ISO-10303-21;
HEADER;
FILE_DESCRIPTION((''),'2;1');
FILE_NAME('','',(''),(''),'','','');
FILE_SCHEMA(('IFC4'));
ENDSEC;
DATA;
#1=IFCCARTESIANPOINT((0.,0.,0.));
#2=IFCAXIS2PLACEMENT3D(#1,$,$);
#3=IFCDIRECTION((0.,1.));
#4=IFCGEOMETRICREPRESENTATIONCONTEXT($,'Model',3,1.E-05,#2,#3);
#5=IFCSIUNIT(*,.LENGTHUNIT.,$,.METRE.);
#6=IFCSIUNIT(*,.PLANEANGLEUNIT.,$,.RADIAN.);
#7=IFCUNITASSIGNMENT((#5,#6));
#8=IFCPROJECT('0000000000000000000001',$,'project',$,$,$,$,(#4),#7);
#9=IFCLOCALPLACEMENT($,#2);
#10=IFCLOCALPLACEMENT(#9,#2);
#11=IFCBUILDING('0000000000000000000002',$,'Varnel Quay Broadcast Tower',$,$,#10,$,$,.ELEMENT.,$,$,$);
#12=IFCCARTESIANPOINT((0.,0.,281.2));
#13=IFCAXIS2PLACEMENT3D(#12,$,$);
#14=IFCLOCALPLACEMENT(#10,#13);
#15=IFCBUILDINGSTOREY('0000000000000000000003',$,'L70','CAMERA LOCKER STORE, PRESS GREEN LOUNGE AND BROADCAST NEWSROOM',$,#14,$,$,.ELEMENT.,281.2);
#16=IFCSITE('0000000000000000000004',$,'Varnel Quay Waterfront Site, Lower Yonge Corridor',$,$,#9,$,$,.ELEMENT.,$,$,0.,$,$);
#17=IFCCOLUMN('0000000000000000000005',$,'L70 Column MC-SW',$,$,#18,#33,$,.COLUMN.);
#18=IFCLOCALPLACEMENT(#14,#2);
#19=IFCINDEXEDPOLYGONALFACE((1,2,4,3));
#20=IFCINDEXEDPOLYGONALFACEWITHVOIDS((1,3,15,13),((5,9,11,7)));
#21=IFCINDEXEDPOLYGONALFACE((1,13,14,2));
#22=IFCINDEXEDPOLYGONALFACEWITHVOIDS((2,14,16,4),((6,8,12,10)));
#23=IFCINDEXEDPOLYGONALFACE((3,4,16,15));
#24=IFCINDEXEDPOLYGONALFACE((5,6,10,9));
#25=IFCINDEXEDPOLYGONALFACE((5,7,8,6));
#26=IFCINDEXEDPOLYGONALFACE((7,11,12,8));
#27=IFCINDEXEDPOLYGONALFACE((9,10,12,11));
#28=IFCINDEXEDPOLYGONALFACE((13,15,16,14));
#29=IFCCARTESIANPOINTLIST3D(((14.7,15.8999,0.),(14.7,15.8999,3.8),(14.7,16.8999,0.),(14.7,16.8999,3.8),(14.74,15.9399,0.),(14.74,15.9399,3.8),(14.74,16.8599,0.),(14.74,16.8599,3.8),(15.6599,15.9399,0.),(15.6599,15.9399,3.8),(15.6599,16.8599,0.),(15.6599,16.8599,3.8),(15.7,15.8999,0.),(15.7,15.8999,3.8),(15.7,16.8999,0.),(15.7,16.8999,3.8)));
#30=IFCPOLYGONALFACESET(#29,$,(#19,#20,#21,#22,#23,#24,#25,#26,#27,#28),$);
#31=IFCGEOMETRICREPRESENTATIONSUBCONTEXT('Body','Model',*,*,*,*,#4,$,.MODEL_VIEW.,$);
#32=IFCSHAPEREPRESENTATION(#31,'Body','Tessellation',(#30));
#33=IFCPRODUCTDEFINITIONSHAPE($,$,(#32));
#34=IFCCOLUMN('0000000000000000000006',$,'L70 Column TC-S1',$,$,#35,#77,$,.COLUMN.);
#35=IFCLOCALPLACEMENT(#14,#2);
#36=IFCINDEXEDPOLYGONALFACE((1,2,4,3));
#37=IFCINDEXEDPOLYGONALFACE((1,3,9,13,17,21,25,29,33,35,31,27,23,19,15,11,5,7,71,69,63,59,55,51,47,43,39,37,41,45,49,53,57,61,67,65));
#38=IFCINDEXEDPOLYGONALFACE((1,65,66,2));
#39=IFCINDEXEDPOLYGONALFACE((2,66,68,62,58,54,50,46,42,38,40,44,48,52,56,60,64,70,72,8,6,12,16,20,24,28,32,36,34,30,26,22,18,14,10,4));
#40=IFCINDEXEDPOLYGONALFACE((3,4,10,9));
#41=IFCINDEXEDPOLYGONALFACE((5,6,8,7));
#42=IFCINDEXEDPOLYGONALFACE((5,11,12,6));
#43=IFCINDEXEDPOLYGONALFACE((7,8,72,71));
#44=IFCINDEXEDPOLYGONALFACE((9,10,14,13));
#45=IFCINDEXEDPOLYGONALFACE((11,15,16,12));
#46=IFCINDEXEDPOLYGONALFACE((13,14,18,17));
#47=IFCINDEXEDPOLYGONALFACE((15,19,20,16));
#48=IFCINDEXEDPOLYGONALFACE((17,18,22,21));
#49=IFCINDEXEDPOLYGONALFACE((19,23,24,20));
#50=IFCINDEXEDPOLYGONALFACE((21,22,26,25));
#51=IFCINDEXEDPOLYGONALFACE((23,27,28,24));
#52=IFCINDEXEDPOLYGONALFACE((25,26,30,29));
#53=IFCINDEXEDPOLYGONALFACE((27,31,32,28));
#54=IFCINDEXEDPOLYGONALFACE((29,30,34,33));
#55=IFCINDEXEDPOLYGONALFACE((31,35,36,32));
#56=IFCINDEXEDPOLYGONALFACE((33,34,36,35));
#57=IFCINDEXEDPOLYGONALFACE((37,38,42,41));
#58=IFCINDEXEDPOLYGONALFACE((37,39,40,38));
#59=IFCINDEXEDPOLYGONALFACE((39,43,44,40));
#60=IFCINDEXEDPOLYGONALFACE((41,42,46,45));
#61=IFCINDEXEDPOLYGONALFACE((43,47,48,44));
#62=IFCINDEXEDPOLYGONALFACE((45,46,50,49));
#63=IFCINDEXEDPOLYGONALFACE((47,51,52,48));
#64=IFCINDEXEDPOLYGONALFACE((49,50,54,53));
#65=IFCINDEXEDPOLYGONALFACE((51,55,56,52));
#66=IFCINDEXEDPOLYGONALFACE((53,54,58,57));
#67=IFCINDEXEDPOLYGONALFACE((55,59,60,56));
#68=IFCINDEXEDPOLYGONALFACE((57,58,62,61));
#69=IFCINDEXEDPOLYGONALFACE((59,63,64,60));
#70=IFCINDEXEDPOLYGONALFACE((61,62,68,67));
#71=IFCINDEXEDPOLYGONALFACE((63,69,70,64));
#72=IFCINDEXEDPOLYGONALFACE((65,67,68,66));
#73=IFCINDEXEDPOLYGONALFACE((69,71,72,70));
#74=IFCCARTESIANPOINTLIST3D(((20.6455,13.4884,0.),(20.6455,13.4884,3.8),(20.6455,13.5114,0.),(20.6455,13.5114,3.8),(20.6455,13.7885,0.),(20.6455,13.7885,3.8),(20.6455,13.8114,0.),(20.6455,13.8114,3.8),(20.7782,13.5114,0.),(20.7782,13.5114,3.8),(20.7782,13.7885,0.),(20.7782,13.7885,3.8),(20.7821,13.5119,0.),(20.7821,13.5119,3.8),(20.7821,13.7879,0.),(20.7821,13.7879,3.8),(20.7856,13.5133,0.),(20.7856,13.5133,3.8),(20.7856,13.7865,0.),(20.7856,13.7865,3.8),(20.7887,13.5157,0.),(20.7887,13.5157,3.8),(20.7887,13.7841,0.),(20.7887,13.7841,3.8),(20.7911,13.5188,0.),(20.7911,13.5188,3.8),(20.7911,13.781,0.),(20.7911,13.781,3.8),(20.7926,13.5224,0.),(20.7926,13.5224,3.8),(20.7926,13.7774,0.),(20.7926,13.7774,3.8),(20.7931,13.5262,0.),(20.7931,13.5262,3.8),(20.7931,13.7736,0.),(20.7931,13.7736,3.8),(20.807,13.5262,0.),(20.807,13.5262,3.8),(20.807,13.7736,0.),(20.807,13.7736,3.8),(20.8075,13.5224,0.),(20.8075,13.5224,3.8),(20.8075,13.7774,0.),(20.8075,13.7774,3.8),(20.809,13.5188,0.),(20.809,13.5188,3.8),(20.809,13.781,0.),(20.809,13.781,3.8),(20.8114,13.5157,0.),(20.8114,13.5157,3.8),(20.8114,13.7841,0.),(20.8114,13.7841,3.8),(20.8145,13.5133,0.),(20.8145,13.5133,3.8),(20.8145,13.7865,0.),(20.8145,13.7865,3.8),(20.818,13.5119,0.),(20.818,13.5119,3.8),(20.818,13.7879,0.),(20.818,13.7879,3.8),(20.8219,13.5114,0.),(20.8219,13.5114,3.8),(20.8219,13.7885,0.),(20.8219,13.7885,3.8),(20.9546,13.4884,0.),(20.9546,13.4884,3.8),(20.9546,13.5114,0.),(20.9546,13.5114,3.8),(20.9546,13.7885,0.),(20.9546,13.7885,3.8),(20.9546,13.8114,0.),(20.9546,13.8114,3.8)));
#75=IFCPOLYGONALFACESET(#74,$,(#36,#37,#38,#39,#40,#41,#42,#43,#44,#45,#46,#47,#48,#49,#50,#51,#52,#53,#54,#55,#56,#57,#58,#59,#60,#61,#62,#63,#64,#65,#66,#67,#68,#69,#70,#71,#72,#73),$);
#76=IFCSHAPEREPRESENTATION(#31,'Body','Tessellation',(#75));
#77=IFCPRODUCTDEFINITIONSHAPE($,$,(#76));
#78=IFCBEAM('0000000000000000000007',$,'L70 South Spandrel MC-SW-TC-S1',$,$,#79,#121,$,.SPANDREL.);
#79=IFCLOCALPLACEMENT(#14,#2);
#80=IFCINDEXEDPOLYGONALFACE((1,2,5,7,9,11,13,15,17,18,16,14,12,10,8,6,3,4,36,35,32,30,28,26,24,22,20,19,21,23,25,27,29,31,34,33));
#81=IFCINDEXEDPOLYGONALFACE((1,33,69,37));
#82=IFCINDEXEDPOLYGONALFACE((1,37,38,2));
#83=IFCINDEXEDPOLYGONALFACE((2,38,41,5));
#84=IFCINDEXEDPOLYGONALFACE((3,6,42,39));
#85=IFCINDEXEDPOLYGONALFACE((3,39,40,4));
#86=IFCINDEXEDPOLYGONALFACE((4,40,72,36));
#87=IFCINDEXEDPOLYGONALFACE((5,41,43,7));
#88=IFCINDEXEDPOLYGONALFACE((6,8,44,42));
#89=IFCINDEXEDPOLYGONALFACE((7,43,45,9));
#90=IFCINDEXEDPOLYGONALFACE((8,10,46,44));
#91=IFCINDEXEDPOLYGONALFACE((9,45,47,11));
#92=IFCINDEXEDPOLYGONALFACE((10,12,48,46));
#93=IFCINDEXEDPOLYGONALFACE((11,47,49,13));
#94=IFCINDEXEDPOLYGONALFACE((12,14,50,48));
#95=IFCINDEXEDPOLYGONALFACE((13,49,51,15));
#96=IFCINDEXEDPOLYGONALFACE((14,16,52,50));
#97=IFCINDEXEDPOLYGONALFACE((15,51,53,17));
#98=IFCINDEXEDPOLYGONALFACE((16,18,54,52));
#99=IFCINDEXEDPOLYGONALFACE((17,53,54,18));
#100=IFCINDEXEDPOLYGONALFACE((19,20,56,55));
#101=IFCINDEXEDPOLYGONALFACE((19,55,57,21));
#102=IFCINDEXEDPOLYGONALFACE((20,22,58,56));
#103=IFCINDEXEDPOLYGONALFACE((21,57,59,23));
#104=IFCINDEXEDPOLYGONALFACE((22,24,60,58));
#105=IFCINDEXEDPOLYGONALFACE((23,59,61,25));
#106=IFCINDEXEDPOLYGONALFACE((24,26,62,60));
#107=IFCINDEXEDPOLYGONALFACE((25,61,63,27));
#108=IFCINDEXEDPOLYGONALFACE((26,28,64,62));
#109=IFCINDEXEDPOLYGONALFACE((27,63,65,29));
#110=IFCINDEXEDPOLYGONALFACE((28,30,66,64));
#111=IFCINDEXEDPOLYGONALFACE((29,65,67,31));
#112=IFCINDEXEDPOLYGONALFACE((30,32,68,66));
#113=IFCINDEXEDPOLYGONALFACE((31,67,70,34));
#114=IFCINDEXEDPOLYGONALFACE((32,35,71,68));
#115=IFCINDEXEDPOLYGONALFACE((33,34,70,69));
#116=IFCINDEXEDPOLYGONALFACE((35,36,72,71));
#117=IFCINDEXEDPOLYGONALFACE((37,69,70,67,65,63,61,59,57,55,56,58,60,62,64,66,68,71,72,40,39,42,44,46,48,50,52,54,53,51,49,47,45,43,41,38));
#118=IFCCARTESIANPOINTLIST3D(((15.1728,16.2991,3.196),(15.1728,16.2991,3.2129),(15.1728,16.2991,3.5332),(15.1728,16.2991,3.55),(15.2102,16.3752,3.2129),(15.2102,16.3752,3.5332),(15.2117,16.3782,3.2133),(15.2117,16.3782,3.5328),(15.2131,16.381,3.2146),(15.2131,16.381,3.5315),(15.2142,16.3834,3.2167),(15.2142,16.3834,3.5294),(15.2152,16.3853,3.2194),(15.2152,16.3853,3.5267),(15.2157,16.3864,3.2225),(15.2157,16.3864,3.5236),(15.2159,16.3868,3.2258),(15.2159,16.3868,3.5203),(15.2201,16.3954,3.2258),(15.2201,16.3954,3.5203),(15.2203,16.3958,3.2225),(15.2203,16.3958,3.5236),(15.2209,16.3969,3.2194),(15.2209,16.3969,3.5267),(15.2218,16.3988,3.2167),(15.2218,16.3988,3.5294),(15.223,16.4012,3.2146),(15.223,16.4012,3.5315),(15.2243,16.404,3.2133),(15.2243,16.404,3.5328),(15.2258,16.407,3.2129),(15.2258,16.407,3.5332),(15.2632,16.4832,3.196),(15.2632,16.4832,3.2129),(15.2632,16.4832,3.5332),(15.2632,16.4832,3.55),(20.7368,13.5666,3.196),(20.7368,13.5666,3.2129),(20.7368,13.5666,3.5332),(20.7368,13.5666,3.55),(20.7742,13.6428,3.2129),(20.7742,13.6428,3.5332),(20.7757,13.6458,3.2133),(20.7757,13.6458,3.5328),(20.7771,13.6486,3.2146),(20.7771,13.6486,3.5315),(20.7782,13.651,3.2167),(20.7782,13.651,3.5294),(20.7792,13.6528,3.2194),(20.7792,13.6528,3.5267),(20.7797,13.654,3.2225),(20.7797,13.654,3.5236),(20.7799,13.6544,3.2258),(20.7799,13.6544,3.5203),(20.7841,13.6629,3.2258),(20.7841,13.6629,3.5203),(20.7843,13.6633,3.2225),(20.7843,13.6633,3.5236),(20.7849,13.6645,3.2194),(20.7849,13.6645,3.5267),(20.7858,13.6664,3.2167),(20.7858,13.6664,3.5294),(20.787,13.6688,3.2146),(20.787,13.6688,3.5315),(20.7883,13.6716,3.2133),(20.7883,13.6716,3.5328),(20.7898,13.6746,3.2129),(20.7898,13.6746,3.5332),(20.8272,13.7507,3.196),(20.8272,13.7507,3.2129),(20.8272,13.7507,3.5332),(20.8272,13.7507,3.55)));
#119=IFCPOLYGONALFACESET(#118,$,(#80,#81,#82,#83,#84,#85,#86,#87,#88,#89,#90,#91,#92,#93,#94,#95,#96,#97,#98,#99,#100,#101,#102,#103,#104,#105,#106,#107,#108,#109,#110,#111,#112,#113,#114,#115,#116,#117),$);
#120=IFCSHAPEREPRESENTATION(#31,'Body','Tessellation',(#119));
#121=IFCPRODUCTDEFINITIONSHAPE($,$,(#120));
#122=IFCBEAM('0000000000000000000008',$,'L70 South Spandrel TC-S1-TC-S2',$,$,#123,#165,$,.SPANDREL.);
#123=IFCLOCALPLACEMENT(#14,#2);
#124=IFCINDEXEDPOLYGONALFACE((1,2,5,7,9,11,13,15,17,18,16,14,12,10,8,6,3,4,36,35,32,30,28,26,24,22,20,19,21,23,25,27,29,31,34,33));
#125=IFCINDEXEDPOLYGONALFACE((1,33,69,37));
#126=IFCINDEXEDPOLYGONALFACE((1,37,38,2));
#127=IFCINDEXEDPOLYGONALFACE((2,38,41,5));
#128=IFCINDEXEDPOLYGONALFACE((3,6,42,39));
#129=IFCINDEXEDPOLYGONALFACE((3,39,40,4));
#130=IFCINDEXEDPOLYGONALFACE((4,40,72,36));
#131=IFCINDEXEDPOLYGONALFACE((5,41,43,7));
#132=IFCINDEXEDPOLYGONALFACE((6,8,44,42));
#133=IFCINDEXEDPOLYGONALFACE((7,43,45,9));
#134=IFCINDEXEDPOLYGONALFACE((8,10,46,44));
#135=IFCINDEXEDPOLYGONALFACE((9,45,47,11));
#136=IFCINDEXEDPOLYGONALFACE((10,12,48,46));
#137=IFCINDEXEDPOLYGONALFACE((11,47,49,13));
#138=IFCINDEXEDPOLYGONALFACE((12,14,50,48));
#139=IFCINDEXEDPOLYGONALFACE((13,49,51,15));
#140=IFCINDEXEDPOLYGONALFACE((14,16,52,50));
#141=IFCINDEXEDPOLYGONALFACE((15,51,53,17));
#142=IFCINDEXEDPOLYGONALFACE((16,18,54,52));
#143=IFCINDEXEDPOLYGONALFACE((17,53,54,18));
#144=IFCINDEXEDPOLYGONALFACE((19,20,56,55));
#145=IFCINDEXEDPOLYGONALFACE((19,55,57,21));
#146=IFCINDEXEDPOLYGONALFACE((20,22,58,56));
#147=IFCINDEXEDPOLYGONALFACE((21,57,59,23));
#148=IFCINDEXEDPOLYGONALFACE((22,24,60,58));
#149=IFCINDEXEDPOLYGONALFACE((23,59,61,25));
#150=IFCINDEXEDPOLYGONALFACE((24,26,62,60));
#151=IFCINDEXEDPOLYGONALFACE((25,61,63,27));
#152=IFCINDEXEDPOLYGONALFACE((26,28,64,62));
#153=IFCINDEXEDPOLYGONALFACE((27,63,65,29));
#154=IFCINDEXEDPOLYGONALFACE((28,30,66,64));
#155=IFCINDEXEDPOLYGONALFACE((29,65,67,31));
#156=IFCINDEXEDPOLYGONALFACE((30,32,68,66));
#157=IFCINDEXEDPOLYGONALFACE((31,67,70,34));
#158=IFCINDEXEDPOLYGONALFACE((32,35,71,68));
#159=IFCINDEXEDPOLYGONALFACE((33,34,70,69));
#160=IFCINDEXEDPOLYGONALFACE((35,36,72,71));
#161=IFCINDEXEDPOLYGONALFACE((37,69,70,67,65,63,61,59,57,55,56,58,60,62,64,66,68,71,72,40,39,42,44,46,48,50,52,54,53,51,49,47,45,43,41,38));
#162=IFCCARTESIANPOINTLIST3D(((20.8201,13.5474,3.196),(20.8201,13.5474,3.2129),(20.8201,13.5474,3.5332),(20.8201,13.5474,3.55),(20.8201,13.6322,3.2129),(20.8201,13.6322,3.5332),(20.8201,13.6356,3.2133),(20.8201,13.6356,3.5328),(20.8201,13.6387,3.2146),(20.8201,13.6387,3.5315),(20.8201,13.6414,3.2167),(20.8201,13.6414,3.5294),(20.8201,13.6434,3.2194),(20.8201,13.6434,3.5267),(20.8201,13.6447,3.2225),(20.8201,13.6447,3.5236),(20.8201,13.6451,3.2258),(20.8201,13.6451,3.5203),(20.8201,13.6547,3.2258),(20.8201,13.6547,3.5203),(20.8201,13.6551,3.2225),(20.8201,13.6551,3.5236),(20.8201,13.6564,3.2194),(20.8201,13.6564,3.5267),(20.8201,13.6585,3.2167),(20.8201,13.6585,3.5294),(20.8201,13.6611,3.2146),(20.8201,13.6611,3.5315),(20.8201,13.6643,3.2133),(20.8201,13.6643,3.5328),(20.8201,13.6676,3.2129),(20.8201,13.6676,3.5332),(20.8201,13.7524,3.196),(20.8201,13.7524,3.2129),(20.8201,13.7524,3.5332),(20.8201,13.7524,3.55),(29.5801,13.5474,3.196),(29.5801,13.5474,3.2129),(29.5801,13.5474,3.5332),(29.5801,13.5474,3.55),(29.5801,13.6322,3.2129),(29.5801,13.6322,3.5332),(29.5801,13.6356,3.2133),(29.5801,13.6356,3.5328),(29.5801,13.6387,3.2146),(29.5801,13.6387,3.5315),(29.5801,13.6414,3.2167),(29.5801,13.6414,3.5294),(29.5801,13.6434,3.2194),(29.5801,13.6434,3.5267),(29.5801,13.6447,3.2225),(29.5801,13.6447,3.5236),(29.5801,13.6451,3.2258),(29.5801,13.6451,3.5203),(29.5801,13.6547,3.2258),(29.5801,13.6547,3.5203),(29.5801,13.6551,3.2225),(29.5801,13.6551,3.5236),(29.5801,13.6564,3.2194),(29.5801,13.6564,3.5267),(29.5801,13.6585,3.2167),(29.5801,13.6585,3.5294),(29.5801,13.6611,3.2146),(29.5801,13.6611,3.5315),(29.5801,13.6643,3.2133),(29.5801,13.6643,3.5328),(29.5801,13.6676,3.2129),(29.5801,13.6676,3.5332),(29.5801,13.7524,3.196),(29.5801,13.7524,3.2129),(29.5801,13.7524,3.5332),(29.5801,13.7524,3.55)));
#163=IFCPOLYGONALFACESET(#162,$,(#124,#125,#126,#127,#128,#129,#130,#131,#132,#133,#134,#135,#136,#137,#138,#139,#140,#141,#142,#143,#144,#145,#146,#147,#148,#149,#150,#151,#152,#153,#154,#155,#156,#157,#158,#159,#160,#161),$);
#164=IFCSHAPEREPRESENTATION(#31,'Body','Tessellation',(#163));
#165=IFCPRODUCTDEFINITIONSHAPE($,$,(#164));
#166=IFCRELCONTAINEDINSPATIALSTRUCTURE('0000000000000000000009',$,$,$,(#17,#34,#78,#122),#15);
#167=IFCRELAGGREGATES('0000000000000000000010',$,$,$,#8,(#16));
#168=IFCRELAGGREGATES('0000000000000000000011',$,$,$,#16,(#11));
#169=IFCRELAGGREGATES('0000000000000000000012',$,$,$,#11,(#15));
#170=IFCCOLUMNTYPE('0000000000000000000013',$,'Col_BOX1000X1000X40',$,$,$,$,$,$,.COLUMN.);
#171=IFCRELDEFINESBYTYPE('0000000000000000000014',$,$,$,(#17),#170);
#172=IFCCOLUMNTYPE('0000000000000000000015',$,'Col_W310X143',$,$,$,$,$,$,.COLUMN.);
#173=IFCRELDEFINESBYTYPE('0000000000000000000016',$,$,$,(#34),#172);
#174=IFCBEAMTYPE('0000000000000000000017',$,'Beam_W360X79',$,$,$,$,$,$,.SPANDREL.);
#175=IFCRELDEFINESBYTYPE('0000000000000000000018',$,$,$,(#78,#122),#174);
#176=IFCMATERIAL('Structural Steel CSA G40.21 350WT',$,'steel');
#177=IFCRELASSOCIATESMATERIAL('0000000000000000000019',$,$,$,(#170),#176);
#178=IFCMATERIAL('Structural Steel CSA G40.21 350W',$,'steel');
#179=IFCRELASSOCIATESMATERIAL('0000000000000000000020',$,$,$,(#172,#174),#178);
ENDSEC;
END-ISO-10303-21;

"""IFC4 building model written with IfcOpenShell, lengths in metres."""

from ifc_helpers import new_model, si_unit, direction, frame, origin, origin_2d, place, context, subcontext, project, spatial, hollow_rectangle, i_section, extrude, source, transform, mapped, material, material_profile, profile_set, type_object, type_shapes, element, save


model = new_model("IFC4")

# Units and contexts
model_context = context("Model", 3, precision=1e-05, world=origin(), true_north=direction((0.0, 1.0)))
body_context = subcontext(model_context, "Body", "Model", "MODEL_VIEW")
ifc_project = project(units=[si_unit("LENGTHUNIT", "METRE"), si_unit("PLANEANGLEUNIT", "RADIAN")], contexts=[model_context])

# Site, building, storey
site_placement = place(None, origin())
site = spatial("IfcSite", under=ifc_project, at=site_placement, Name="Varnel Quay Waterfront Site, Lower Yonge Corridor", CompositionType="ELEMENT", RefElevation=0.0)
building_placement = place(site_placement, origin())
building = spatial("IfcBuilding", under=site, at=building_placement, Name="Varnel Quay Broadcast Tower", CompositionType="ELEMENT")
storey_placement = place(building_placement, frame((0.0, 0.0, 281.2)))
storey = spatial("IfcBuildingStorey", under=building, at=storey_placement, Name="L70", Description="CAMERA LOCKER STORE, PRESS GREEN LOUNGE AND BROADCAST NEWSROOM", CompositionType="ELEMENT", Elevation=281.2)

# Columns
ifc_material_1 = material(Name="Structural Steel CSA G40.21 350WT", Category="steel")
ifc_material_profile_1 = material_profile(ifc_material_1, hollow_rectangle(XDim=1.0, YDim=1.0, WallThickness=0.04, at=origin_2d()), Name="BOX1000X1000X40")
ifc_profile_set_1 = profile_set([ifc_material_profile_1], Name="Structural Steel CSA G40.21 350WT")
column_type_1 = type_object("IfcColumnType", Name="Col_BOX1000X1000X40", PredefinedType="COLUMN", material=ifc_profile_set_1)
shared_shape_1 = source(origin(), body_context, "Body", "SweptSolid", [
    extrude(hollow_rectangle(XDim=1.0, YDim=1.0, WallThickness=0.04, at=origin_2d()), origin(), (0.0, 0.0, 1.0), 3.8),
])
type_shapes(column_type_1, [shared_shape_1])
column_1_placement = place(storey_placement, frame((15.2, 16.3999, 0.0), z_axis=(0.0, 0.0, 1.0), x_axis=(1.0, 0.0, 0.0)))
element("IfcColumn", 1, at=column_1_placement, inside=storey, type_object=column_type_1, Name="L70 Column MC-SW", PredefinedType="COLUMN", context=body_context, shape_type="MappedRepresentation", body=[
    mapped(shared_shape_1, transform((0.0, 0.0, 0.0), x_axis=(1.0, 0.0, 0.0), y_axis=(0.0, 1.0, 0.0), z_axis=(0.0, 0.0, 1.0), scale=1.0)),
])
ifc_material_2 = material(Name="Structural Steel CSA G40.21 350W", Category="steel")
ifc_material_profile_2 = material_profile(ifc_material_2, i_section(OverallWidth=0.3091, OverallDepth=0.323, WebThickness=0.0139, FlangeThickness=0.0229, FilletRadius=0.0149, at=origin_2d()), Name="W310X143")
ifc_profile_set_2 = profile_set([ifc_material_profile_2], Name="Structural Steel CSA G40.21 350W")
column_type_2 = type_object("IfcColumnType", Name="Col_W310X143", PredefinedType="COLUMN", material=ifc_profile_set_2)
shared_shape_2 = source(origin(), body_context, "Body", "SweptSolid", [
    extrude(i_section(OverallWidth=0.3091, OverallDepth=0.323, WebThickness=0.0139, FlangeThickness=0.0229, FilletRadius=0.0149, at=origin_2d()), origin(), (0.0, 0.0, 1.0), 3.8),
])
type_shapes(column_type_2, [shared_shape_2])
column_2_placement = place(storey_placement, frame((20.8, 13.6499, 0.0), z_axis=(0.0, 0.0, 1.0), x_axis=(1.0, 0.0, 0.0)))
element("IfcColumn", 2, at=column_2_placement, inside=storey, type_object=column_type_2, Name="L70 Column TC-S1", PredefinedType="COLUMN", context=body_context, shape_type="MappedRepresentation", body=[
    mapped(shared_shape_2, transform((0.0, 0.0, 0.0), x_axis=(1.0, 0.0, 0.0), y_axis=(0.0, 1.0, 0.0), z_axis=(0.0, 0.0, 1.0), scale=1.0)),
])

# Beams
ifc_material_profile_3 = material_profile(ifc_material_2, i_section(OverallWidth=0.2051, OverallDepth=0.354, WebThickness=0.0095, FlangeThickness=0.0168, FilletRadius=0.0129, at=origin_2d()), Name="W360X79")
ifc_profile_set_3 = profile_set([ifc_material_profile_3], Name="Structural Steel CSA G40.21 350W")
beam_type_1 = type_object("IfcBeamType", Name="Beam_W360X79", PredefinedType="SPANDREL", material=ifc_profile_set_3)
shared_shape_3 = source(origin(), body_context, "Body", "SweptSolid", [
    extrude(i_section(OverallWidth=0.2051, OverallDepth=0.354, WebThickness=0.0095, FlangeThickness=0.0168, FilletRadius=0.0129, at=origin_2d()), origin(), (0.0, 0.0, 1.0), 6.1987),
])
beam_1_placement = place(storey_placement, frame((15.218, 16.3911, 3.373), z_axis=(0.897602, -0.440806, 0.0), x_axis=(0.440806, 0.897602, 0.0)))
element("IfcBeam", 3, at=beam_1_placement, inside=storey, type_object=beam_type_1, Name="L70 South Spandrel MC-SW-TC-S1", PredefinedType="SPANDREL", context=body_context, shape_type="MappedRepresentation", body=[
    mapped(shared_shape_3, transform((0.0, 0.0, 0.0), x_axis=(1.0, 0.0, 0.0), y_axis=(0.0, 1.0, 0.0), z_axis=(0.0, 0.0, 1.0), scale=1.0)),
])
shared_shape_4 = source(origin(), body_context, "Body", "SweptSolid", [
    extrude(i_section(OverallWidth=0.2051, OverallDepth=0.354, WebThickness=0.0095, FlangeThickness=0.0168, FilletRadius=0.0129, at=origin_2d()), origin(), (0.0, 0.0, 1.0), 8.76),
])
type_shapes(beam_type_1, [shared_shape_3, shared_shape_4])
beam_2_placement = place(storey_placement, frame((20.8201, 13.6499, 3.373), z_axis=(1.0, 0.0, 0.0), x_axis=(0.0, 1.0, 0.0)))
element("IfcBeam", 4, at=beam_2_placement, inside=storey, type_object=beam_type_1, Name="L70 South Spandrel TC-S1-TC-S2", PredefinedType="SPANDREL", context=body_context, shape_type="MappedRepresentation", body=[
    mapped(shared_shape_4, transform((0.0, 0.0, 0.0), x_axis=(1.0, 0.0, 0.0), y_axis=(0.0, 1.0, 0.0), z_axis=(0.0, 0.0, 1.0), scale=1.0)),
])

save(model, "model.ifc")
